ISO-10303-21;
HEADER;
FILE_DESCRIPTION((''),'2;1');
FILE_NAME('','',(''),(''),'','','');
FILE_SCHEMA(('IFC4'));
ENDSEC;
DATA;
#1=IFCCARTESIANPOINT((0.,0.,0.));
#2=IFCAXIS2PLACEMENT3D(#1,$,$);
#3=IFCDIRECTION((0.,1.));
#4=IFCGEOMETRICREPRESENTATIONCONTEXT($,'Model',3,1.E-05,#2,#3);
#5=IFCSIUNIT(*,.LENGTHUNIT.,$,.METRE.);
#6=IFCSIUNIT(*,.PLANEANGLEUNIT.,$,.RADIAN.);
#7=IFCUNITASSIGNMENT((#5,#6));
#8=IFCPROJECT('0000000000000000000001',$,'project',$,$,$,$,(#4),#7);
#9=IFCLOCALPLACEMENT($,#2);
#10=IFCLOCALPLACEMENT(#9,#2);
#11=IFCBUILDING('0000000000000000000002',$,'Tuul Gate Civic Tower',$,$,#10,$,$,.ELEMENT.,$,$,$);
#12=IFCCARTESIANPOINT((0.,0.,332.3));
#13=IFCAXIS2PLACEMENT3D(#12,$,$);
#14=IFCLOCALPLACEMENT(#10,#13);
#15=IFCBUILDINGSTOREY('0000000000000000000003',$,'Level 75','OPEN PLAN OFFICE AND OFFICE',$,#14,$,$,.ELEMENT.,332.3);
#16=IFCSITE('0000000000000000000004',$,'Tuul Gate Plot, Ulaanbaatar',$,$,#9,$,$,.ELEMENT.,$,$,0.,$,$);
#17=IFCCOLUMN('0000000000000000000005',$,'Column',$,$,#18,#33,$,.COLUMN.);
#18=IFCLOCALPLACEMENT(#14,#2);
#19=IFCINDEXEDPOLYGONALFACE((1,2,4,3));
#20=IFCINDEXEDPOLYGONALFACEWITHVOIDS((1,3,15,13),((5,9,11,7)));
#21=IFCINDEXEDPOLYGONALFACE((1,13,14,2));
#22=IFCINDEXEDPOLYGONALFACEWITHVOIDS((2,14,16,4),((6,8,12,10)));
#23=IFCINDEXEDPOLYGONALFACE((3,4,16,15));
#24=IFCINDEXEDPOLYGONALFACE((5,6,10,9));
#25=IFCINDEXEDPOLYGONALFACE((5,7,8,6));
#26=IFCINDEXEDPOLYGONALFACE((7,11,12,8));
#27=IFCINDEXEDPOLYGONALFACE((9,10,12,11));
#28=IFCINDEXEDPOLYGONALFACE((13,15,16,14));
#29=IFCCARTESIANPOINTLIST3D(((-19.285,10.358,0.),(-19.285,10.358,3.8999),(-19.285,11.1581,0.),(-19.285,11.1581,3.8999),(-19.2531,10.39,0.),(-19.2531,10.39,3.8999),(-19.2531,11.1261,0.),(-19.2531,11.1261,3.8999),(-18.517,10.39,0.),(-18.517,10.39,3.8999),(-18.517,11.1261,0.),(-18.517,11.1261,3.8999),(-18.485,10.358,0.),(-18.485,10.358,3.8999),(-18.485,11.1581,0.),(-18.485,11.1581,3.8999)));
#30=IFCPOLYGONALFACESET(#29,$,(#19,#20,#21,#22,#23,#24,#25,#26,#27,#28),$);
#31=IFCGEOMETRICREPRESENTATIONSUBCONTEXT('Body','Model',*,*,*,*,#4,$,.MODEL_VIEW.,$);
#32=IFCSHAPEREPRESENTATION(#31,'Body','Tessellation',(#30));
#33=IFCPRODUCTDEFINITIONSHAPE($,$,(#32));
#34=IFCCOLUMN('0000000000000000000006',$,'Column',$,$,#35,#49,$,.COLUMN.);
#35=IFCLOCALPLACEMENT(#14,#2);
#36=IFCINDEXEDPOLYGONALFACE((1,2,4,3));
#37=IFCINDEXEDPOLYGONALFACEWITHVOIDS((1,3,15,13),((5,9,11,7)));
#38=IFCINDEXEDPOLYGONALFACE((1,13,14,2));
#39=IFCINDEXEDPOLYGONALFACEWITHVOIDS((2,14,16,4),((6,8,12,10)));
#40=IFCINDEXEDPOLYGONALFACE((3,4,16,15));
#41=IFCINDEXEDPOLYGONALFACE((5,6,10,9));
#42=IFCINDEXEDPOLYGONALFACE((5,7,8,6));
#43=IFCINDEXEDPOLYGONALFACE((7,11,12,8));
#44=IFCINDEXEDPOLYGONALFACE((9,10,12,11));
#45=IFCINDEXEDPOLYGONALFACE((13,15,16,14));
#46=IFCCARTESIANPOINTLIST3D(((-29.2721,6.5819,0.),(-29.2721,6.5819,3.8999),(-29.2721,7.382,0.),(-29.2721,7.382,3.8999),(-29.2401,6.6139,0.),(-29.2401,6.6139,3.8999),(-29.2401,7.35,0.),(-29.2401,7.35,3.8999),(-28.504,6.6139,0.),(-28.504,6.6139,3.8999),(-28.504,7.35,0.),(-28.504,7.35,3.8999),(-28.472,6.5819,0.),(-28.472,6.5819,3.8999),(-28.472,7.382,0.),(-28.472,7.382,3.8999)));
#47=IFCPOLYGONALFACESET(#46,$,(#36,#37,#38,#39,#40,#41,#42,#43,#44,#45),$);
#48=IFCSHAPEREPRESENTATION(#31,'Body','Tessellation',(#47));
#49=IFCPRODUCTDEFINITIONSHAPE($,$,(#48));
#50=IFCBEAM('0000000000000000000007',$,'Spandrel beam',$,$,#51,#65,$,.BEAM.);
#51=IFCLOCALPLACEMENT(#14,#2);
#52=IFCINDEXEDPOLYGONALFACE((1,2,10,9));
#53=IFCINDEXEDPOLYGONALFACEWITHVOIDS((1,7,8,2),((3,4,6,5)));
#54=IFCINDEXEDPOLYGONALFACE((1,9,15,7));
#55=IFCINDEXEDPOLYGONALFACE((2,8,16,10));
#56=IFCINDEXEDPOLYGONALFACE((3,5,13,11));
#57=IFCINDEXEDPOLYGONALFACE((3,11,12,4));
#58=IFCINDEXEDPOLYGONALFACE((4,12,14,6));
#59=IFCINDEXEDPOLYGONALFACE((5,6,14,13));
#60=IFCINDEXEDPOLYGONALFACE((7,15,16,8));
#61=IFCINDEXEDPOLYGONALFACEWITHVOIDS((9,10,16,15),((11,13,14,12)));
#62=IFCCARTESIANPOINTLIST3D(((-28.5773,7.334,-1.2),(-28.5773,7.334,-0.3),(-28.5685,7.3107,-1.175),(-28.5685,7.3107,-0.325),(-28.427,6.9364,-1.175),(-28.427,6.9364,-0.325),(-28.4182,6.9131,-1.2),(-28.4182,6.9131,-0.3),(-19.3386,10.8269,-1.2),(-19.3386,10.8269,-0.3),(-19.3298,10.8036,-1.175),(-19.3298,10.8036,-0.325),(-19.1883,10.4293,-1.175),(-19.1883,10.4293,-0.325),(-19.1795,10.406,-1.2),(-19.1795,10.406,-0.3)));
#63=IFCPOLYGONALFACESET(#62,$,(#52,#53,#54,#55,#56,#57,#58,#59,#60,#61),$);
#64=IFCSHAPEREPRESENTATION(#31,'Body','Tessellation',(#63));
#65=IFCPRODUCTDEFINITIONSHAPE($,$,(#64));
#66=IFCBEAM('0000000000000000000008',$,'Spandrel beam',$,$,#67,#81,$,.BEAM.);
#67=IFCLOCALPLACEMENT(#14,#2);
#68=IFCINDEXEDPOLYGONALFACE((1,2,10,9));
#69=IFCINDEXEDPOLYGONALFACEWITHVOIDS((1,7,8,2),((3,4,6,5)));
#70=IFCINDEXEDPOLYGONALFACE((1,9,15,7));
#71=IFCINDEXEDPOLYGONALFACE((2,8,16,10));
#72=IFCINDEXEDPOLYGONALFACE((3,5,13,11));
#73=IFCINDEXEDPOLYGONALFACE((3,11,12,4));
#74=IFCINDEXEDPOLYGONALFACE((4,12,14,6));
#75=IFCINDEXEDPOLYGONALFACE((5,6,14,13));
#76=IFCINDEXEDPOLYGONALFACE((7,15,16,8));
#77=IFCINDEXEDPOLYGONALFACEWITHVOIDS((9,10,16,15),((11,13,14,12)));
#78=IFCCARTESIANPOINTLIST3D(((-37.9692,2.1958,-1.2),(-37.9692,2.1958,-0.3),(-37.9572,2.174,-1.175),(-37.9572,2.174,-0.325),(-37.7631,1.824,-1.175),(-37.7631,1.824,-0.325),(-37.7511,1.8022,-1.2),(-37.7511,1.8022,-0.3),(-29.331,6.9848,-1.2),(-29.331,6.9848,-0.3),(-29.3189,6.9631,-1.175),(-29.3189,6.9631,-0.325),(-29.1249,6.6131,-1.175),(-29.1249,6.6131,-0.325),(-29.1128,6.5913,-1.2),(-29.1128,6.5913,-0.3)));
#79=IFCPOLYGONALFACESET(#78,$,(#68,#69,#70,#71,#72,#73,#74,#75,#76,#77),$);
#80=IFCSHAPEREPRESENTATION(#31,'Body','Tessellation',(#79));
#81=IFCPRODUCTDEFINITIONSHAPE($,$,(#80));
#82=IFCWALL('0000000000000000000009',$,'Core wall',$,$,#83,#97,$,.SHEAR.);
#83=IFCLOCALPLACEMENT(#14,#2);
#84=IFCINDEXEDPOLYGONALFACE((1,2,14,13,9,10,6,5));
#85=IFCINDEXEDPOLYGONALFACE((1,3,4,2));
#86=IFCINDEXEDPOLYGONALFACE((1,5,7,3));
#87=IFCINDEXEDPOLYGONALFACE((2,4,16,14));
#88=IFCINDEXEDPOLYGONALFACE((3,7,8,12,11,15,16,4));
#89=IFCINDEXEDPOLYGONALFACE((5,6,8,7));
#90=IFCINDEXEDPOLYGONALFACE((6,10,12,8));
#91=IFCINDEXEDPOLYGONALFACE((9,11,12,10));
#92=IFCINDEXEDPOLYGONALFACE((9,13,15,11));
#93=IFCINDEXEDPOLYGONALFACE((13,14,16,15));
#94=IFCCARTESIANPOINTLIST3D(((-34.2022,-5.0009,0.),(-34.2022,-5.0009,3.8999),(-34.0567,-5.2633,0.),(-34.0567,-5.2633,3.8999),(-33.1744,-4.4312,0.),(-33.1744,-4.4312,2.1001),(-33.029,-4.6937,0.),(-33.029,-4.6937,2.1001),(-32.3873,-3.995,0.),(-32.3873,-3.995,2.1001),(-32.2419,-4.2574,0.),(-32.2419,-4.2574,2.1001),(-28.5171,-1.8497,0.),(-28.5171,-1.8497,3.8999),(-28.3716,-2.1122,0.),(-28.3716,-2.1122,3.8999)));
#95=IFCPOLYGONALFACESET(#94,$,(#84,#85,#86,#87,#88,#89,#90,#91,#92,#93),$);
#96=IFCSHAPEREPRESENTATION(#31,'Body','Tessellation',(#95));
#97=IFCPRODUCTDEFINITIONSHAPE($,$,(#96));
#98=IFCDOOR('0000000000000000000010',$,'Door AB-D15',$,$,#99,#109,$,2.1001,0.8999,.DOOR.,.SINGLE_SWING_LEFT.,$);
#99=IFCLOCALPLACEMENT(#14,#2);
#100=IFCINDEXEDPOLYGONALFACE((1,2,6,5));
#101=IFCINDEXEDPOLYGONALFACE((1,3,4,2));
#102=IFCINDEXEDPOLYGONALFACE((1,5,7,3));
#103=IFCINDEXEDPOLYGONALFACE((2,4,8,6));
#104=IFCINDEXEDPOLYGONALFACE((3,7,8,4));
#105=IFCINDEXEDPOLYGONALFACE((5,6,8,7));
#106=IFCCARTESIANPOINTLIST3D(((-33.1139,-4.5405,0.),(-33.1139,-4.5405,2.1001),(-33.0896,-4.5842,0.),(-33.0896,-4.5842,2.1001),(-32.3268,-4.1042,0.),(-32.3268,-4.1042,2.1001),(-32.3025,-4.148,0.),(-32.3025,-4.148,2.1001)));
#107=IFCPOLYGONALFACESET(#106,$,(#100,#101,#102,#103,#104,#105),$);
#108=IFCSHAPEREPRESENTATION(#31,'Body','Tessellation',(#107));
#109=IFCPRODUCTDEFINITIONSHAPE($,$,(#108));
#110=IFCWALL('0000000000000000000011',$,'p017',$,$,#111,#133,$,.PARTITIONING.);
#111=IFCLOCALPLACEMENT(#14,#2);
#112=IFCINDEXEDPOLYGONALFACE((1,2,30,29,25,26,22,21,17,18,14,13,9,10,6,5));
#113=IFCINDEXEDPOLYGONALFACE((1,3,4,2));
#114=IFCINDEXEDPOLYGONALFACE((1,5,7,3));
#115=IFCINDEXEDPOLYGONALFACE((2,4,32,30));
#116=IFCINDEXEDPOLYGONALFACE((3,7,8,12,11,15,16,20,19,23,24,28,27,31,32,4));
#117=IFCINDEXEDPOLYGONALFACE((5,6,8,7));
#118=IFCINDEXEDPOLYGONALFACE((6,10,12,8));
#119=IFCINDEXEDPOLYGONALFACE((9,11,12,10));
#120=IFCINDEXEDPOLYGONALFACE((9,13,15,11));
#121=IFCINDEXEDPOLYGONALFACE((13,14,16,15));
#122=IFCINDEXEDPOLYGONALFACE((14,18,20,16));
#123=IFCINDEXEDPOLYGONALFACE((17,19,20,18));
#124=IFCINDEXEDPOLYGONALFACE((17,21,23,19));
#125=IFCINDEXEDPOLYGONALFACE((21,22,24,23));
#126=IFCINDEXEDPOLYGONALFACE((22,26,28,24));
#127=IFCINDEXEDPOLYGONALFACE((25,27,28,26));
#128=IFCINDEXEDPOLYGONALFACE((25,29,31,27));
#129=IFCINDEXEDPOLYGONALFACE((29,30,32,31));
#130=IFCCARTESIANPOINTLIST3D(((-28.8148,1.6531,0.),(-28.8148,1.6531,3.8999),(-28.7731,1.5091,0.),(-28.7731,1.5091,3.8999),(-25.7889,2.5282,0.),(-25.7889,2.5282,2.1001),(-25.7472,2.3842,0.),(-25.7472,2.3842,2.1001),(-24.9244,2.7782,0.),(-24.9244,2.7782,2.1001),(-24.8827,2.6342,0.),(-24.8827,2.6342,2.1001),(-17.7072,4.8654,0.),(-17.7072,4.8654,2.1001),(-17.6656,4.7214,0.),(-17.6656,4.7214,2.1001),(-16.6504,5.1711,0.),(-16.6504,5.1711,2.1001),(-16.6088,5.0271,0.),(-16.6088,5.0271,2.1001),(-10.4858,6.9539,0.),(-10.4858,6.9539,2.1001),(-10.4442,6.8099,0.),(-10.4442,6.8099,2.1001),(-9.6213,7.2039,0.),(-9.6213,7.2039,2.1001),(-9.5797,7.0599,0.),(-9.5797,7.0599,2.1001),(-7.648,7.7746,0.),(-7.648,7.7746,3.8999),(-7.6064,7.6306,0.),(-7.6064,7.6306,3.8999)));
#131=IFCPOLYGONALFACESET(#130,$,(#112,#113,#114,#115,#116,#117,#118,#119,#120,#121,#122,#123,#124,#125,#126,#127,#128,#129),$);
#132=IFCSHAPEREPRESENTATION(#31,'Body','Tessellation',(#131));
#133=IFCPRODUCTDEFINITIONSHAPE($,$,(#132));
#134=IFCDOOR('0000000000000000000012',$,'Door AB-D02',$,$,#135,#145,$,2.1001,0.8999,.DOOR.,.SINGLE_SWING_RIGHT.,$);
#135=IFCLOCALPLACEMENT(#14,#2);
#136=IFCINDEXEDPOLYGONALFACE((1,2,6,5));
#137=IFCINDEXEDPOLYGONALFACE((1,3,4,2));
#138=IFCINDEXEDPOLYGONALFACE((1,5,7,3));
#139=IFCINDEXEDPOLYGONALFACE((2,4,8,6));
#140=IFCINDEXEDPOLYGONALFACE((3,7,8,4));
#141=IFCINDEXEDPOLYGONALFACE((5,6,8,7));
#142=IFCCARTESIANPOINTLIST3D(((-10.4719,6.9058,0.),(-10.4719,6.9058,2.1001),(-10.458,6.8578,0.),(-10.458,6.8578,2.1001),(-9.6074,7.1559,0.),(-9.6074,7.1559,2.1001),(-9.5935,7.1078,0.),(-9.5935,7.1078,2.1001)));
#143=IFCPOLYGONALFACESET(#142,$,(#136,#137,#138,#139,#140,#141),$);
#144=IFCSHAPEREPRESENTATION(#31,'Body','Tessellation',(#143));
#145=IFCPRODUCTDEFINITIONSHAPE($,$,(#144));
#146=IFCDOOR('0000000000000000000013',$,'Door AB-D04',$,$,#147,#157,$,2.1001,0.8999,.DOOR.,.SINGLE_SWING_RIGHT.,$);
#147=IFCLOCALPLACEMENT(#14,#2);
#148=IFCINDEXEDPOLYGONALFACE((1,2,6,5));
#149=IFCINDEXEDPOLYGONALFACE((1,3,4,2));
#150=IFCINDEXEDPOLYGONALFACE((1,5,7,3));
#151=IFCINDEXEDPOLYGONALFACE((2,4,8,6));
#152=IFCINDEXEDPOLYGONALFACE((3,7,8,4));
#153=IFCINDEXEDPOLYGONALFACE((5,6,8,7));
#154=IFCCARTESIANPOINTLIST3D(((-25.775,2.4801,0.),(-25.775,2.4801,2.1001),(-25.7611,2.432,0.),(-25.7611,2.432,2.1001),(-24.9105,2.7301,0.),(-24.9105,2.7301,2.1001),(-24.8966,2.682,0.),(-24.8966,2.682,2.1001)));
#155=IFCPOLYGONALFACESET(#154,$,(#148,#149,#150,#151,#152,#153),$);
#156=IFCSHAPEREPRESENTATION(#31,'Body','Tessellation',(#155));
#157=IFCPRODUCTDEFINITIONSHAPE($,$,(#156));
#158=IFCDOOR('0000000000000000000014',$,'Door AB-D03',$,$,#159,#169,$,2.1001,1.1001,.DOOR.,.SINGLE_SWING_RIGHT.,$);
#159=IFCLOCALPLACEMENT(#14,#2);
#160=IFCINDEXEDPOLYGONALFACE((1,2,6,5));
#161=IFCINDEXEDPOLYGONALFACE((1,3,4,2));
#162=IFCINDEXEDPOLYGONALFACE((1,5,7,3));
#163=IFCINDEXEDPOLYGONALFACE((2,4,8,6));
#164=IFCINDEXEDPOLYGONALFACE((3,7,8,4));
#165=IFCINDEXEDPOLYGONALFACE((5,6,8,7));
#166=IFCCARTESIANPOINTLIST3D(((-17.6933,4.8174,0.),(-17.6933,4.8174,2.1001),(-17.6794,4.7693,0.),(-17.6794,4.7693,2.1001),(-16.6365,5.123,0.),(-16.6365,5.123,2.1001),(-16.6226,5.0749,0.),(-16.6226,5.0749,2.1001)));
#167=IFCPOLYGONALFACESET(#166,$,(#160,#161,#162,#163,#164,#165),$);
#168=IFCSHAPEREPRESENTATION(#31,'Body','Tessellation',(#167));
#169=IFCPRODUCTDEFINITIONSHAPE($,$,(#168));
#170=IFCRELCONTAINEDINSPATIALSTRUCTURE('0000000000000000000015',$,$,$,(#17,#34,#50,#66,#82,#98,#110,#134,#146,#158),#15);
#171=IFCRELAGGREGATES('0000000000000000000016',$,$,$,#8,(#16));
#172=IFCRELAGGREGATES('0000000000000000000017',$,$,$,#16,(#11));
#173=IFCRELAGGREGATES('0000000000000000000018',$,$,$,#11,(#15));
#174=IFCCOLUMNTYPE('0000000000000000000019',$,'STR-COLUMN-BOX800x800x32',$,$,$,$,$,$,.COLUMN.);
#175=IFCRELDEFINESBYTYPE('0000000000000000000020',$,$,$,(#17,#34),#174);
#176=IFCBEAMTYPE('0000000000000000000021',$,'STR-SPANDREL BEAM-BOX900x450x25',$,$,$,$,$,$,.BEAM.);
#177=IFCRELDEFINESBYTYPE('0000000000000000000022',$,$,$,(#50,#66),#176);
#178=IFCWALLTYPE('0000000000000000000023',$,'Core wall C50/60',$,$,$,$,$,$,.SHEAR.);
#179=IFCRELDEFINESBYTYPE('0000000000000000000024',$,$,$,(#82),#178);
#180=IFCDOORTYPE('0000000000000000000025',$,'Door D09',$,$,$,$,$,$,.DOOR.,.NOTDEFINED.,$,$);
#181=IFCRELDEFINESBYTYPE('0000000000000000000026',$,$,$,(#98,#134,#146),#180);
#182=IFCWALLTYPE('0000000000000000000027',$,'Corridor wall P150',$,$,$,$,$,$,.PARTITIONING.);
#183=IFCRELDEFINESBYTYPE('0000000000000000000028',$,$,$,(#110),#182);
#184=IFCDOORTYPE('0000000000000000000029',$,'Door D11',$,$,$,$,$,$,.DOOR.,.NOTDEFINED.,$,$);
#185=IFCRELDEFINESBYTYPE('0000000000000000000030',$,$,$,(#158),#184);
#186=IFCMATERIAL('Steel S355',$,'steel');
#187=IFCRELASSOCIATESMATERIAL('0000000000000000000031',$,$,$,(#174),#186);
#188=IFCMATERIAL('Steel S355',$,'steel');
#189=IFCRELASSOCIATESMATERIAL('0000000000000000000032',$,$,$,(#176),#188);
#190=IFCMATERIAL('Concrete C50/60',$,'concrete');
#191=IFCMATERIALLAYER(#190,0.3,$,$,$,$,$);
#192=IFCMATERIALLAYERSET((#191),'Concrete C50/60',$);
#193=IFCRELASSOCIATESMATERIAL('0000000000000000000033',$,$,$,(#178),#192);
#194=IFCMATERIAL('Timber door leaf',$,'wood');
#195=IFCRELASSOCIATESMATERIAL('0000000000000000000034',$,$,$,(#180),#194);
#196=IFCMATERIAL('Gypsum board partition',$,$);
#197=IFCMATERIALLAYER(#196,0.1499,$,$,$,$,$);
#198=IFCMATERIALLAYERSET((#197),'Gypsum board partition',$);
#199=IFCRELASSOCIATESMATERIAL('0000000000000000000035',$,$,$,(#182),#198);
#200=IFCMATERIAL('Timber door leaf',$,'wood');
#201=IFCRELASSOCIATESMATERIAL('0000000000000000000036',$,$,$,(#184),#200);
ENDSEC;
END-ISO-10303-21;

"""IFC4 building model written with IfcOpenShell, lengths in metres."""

from ifc_helpers import new_model, si_unit, direction, frame, frame_2d, origin, origin_2d, place, context, subcontext, project, spatial, rectangle, hollow_rectangle, extrude, material, layer, layer_set, material_profile, profile_set, type_object, element, fill, save


model = new_model("IFC4")

# Units and contexts
model_context = context("Model", 3, precision=1e-05, world=origin(), true_north=direction((0.0, 1.0)))
body_context = subcontext(model_context, "Body", "Model", "MODEL_VIEW")
ifc_project = project(units=[si_unit("LENGTHUNIT", "METRE"), si_unit("PLANEANGLEUNIT", "RADIAN")], contexts=[model_context])

# Site, building, storey
site_placement = place(None, origin())
site = spatial("IfcSite", under=ifc_project, at=site_placement, Name="Tuul Gate Plot, Ulaanbaatar", CompositionType="ELEMENT", RefElevation=0.0)
building_placement = place(site_placement, origin())
building = spatial("IfcBuilding", under=site, at=building_placement, Name="Tuul Gate Civic Tower", CompositionType="ELEMENT")
storey_placement = place(building_placement, frame((0.0, 0.0, 332.3)))
storey = spatial("IfcBuildingStorey", under=building, at=storey_placement, Name="Level 75", Description="OPEN PLAN OFFICE AND OFFICE", CompositionType="ELEMENT", Elevation=332.3)

# Columns
ifc_material_1 = material(Name="Steel S355", Category="steel")
ifc_material_profile_1 = material_profile(ifc_material_1, hollow_rectangle(XDim=0.8, YDim=0.8, WallThickness=0.032, at=origin_2d()), Name="BOX800x800x32")
ifc_profile_set_1 = profile_set([ifc_material_profile_1], Name="Steel S355")
column_type = type_object("IfcColumnType", Name="STR-COLUMN-BOX800x800x32", PredefinedType="COLUMN", material=ifc_profile_set_1)
for number, where, z_axis, x_axis, name in (
    (1, (-18.885, 10.7581, 0.0), (0.0, 0.0, 1.0), (1.0, 0.0, 0.0), "Column"),
    (2, (-28.8721, 6.9819, 0.0), (0.0, 0.0, 1.0), (1.0, 0.0, 0.0), "Column"),
):
    element("IfcColumn", number, at=place(storey_placement, frame(where, z_axis=z_axis, x_axis=x_axis)), inside=storey, type_object=column_type, Name=name, PredefinedType="COLUMN", context=body_context, shape_type="SweptSolid", body=[
        extrude(hollow_rectangle(XDim=0.8, YDim=0.8, WallThickness=0.032, at=origin_2d()), origin(), (0.0, 0.0, 1.0), 3.8999),
    ])

# Beams
ifc_material_2 = material(Name="Steel S355", Category="steel")
ifc_material_profile_2 = material_profile(ifc_material_2, hollow_rectangle(XDim=0.45, YDim=0.8999, WallThickness=0.0249, at=origin_2d()), Name="BOX900x450x25")
ifc_profile_set_2 = profile_set([ifc_material_profile_2], Name="Steel S355")
beam_type = type_object("IfcBeamType", Name="STR-SPANDREL BEAM-BOX900x450x25", PredefinedType="BEAM", material=ifc_profile_set_2)
for number, where, z_axis, x_axis, name in (
    (3, (-19.259, 10.6165, -0.75), (-0.935381, -0.353641, 0.0), (0.353641, -0.935381, 0.0), "Spandrel beam"),
    (4, (-29.2219, 6.7881, -0.75), (-0.874584, -0.484875, 0.0), (0.484875, -0.874584, 0.0), "Spandrel beam"),
):
    element("IfcBeam", number, at=place(storey_placement, frame(where, z_axis=z_axis, x_axis=x_axis)), inside=storey, type_object=beam_type, Name=name, PredefinedType="BEAM", context=body_context, shape_type="SweptSolid", body=[
        extrude(hollow_rectangle(XDim=0.45, YDim=0.8999, WallThickness=0.0249, at=origin_2d()), origin(), (0.0, 0.0, 1.0), 9.877),
    ])

# Wall, opening, door
ifc_material_3 = material(Name="Concrete C50/60", Category="concrete")
ifc_layer_1 = layer(ifc_material_3, 0.3)
ifc_layer_set_1 = layer_set([ifc_layer_1], Name="Concrete C50/60")
wall_type_1 = type_object("IfcWallType", Name="Core wall C50/60", PredefinedType="SHEAR", material=ifc_layer_set_1)
wall_1_placement = place(storey_placement, frame((-28.4443, -1.981, 0.0), z_axis=(0.0, 0.0, 1.0), x_axis=(-0.87463, -0.484791, 0.0)))
wall_1 = element("IfcWall", 5, at=wall_1_placement, inside=storey, type_object=wall_type_1, Name="Core wall", PredefinedType="SHEAR", context=body_context, shape_type="SweptSolid", body=[
    extrude(rectangle(XDim=6.5, YDim=0.3, at=frame_2d((3.25, 0.0))), origin(), (0.0, 0.0, 1.0), 3.8999),
])
opening_1_placement = place(wall_1_placement, frame((4.425, 0.0, 0.0)))
opening_1 = element("IfcOpeningElement", 6, at=opening_1_placement, cuts=wall_1, PredefinedType="OPENING", context=body_context, shape_type="SweptSolid", body=[
    extrude(rectangle(XDim=0.8999, YDim=2.1001, at=frame_2d((0.45, 1.05))), frame((0.0, 0.1602, 0.0), z_axis=(0.0, -1.0, 0.0), x_axis=(1.0, 0.0, 0.0)), (0.0, 0.0, 1.0), 0.3201),
])
ifc_material_4 = material(Name="Timber door leaf", Category="wood")
door_type_1 = type_object("IfcDoorType", Name="Door D09", OperationType="NOTDEFINED", PredefinedType="DOOR", material=ifc_material_4)
door_1_placement = place(opening_1_placement, origin())
door_1 = element("IfcDoor", 7, at=door_1_placement, inside=storey, type_object=door_type_1, Name="Door AB-D15", OperationType="SINGLE_SWING_LEFT", OverallHeight=2.1001, OverallWidth=0.8999, PredefinedType="DOOR", context=body_context, shape_type="SweptSolid", body=[
    extrude(rectangle(XDim=0.8999, YDim=2.1001, at=frame_2d((0.45, 1.05))), frame((0.0, 0.0249, 0.0), z_axis=(0.0, -1.0, 0.0), x_axis=(1.0, 0.0, 0.0)), (0.0, 0.0, 1.0), 0.05),
])
fill(opening_1, door_1)

# Wall, openings, doors
ifc_material_5 = material(Name="Gypsum board partition")
ifc_layer_2 = layer(ifc_material_5, 0.1499)
ifc_layer_set_2 = layer_set([ifc_layer_2], Name="Gypsum board partition")
wall_type_2 = type_object("IfcWallType", Name="Corridor wall P150", PredefinedType="PARTITIONING", material=ifc_layer_set_2)
wall_2_placement = place(storey_placement, frame((-28.7939, 1.5811, 0.0), z_axis=(0.0, 0.0, 1.0), x_axis=(0.960633, 0.277822, 0.0)))
wall_2 = element("IfcWall", 8, at=wall_2_placement, inside=storey, type_object=wall_type_2, Name="p017", PredefinedType="PARTITIONING", context=body_context, shape_type="SweptSolid", body=[
    extrude(rectangle(XDim=22.0342, YDim=0.1499, at=frame_2d((11.0171, 0.0))), origin(), (0.0, 0.0, 1.0), 3.8999),
])
opening_2_placement = place(wall_2_placement, frame((19.0801, 0.0, 0.0)))
opening_2 = element("IfcOpeningElement", 9, at=opening_2_placement, cuts=wall_2, PredefinedType="OPENING", context=body_context, shape_type="SweptSolid", body=[
    extrude(rectangle(XDim=0.8999, YDim=2.1001, at=frame_2d((0.45, 1.05))), frame((0.0, 0.085, 0.0), z_axis=(0.0, -1.0, 0.0), x_axis=(1.0, 0.0, 0.0)), (0.0, 0.0, 1.0), 0.1699),
])
opening_3_placement = place(wall_2_placement, frame((11.5627, 0.0, 0.0)))
opening_3 = element("IfcOpeningElement", 10, at=opening_3_placement, cuts=wall_2, PredefinedType="OPENING", context=body_context, shape_type="SweptSolid", body=[
    extrude(rectangle(XDim=1.1001, YDim=2.1001, at=frame_2d((0.55, 1.05))), frame((0.0, 0.085, 0.0), z_axis=(0.0, -1.0, 0.0), x_axis=(1.0, 0.0, 0.0)), (0.0, 0.0, 1.0), 0.1699),
])
opening_4_placement = place(wall_2_placement, frame((3.1499, 0.0, 0.0)))
opening_4 = element("IfcOpeningElement", 11, at=opening_4_placement, cuts=wall_2, PredefinedType="OPENING", context=body_context, shape_type="SweptSolid", body=[
    extrude(rectangle(XDim=0.8999, YDim=2.1001, at=frame_2d((0.45, 1.05))), frame((0.0, 0.085, 0.0), z_axis=(0.0, -1.0, 0.0), x_axis=(1.0, 0.0, 0.0)), (0.0, 0.0, 1.0), 0.1699),
])
door_2_placement = place(opening_2_placement, origin())
door_2 = element("IfcDoor", 12, at=door_2_placement, inside=storey, type_object=door_type_1, Name="Door AB-D02", OperationType="SINGLE_SWING_RIGHT", OverallHeight=2.1001, OverallWidth=0.8999, PredefinedType="DOOR", context=body_context, shape_type="SweptSolid", body=[
    extrude(rectangle(XDim=0.8999, YDim=2.1001, at=frame_2d((0.45, 1.05))), frame((0.0, 0.0249, 0.0), z_axis=(0.0, -1.0, 0.0), x_axis=(1.0, 0.0, 0.0)), (0.0, 0.0, 1.0), 0.05),
])
fill(opening_2, door_2)
door_3_placement = place(opening_4_placement, origin())
door_3 = element("IfcDoor", 13, at=door_3_placement, inside=storey, type_object=door_type_1, Name="Door AB-D04", OperationType="SINGLE_SWING_RIGHT", OverallHeight=2.1001, OverallWidth=0.8999, PredefinedType="DOOR", context=body_context, shape_type="SweptSolid", body=[
    extrude(rectangle(XDim=0.8999, YDim=2.1001, at=frame_2d((0.45, 1.05))), frame((0.0, 0.0249, 0.0), z_axis=(0.0, -1.0, 0.0), x_axis=(1.0, 0.0, 0.0)), (0.0, 0.0, 1.0), 0.05),
])
fill(opening_4, door_3)
ifc_material_6 = material(Name="Timber door leaf", Category="wood")
door_type_2 = type_object("IfcDoorType", Name="Door D11", OperationType="NOTDEFINED", PredefinedType="DOOR", material=ifc_material_6)
door_4_placement = place(opening_3_placement, origin())
door_4 = element("IfcDoor", 14, at=door_4_placement, inside=storey, type_object=door_type_2, Name="Door AB-D03", OperationType="SINGLE_SWING_RIGHT", OverallHeight=2.1001, OverallWidth=1.1001, PredefinedType="DOOR", context=body_context, shape_type="SweptSolid", body=[
    extrude(rectangle(XDim=1.1001, YDim=2.1001, at=frame_2d((0.55, 1.05))), frame((0.0, 0.0249, 0.0), z_axis=(0.0, -1.0, 0.0), x_axis=(1.0, 0.0, 0.0)), (0.0, 0.0, 1.0), 0.05),
])
fill(opening_3, door_4)

save(model, "model.ifc")
